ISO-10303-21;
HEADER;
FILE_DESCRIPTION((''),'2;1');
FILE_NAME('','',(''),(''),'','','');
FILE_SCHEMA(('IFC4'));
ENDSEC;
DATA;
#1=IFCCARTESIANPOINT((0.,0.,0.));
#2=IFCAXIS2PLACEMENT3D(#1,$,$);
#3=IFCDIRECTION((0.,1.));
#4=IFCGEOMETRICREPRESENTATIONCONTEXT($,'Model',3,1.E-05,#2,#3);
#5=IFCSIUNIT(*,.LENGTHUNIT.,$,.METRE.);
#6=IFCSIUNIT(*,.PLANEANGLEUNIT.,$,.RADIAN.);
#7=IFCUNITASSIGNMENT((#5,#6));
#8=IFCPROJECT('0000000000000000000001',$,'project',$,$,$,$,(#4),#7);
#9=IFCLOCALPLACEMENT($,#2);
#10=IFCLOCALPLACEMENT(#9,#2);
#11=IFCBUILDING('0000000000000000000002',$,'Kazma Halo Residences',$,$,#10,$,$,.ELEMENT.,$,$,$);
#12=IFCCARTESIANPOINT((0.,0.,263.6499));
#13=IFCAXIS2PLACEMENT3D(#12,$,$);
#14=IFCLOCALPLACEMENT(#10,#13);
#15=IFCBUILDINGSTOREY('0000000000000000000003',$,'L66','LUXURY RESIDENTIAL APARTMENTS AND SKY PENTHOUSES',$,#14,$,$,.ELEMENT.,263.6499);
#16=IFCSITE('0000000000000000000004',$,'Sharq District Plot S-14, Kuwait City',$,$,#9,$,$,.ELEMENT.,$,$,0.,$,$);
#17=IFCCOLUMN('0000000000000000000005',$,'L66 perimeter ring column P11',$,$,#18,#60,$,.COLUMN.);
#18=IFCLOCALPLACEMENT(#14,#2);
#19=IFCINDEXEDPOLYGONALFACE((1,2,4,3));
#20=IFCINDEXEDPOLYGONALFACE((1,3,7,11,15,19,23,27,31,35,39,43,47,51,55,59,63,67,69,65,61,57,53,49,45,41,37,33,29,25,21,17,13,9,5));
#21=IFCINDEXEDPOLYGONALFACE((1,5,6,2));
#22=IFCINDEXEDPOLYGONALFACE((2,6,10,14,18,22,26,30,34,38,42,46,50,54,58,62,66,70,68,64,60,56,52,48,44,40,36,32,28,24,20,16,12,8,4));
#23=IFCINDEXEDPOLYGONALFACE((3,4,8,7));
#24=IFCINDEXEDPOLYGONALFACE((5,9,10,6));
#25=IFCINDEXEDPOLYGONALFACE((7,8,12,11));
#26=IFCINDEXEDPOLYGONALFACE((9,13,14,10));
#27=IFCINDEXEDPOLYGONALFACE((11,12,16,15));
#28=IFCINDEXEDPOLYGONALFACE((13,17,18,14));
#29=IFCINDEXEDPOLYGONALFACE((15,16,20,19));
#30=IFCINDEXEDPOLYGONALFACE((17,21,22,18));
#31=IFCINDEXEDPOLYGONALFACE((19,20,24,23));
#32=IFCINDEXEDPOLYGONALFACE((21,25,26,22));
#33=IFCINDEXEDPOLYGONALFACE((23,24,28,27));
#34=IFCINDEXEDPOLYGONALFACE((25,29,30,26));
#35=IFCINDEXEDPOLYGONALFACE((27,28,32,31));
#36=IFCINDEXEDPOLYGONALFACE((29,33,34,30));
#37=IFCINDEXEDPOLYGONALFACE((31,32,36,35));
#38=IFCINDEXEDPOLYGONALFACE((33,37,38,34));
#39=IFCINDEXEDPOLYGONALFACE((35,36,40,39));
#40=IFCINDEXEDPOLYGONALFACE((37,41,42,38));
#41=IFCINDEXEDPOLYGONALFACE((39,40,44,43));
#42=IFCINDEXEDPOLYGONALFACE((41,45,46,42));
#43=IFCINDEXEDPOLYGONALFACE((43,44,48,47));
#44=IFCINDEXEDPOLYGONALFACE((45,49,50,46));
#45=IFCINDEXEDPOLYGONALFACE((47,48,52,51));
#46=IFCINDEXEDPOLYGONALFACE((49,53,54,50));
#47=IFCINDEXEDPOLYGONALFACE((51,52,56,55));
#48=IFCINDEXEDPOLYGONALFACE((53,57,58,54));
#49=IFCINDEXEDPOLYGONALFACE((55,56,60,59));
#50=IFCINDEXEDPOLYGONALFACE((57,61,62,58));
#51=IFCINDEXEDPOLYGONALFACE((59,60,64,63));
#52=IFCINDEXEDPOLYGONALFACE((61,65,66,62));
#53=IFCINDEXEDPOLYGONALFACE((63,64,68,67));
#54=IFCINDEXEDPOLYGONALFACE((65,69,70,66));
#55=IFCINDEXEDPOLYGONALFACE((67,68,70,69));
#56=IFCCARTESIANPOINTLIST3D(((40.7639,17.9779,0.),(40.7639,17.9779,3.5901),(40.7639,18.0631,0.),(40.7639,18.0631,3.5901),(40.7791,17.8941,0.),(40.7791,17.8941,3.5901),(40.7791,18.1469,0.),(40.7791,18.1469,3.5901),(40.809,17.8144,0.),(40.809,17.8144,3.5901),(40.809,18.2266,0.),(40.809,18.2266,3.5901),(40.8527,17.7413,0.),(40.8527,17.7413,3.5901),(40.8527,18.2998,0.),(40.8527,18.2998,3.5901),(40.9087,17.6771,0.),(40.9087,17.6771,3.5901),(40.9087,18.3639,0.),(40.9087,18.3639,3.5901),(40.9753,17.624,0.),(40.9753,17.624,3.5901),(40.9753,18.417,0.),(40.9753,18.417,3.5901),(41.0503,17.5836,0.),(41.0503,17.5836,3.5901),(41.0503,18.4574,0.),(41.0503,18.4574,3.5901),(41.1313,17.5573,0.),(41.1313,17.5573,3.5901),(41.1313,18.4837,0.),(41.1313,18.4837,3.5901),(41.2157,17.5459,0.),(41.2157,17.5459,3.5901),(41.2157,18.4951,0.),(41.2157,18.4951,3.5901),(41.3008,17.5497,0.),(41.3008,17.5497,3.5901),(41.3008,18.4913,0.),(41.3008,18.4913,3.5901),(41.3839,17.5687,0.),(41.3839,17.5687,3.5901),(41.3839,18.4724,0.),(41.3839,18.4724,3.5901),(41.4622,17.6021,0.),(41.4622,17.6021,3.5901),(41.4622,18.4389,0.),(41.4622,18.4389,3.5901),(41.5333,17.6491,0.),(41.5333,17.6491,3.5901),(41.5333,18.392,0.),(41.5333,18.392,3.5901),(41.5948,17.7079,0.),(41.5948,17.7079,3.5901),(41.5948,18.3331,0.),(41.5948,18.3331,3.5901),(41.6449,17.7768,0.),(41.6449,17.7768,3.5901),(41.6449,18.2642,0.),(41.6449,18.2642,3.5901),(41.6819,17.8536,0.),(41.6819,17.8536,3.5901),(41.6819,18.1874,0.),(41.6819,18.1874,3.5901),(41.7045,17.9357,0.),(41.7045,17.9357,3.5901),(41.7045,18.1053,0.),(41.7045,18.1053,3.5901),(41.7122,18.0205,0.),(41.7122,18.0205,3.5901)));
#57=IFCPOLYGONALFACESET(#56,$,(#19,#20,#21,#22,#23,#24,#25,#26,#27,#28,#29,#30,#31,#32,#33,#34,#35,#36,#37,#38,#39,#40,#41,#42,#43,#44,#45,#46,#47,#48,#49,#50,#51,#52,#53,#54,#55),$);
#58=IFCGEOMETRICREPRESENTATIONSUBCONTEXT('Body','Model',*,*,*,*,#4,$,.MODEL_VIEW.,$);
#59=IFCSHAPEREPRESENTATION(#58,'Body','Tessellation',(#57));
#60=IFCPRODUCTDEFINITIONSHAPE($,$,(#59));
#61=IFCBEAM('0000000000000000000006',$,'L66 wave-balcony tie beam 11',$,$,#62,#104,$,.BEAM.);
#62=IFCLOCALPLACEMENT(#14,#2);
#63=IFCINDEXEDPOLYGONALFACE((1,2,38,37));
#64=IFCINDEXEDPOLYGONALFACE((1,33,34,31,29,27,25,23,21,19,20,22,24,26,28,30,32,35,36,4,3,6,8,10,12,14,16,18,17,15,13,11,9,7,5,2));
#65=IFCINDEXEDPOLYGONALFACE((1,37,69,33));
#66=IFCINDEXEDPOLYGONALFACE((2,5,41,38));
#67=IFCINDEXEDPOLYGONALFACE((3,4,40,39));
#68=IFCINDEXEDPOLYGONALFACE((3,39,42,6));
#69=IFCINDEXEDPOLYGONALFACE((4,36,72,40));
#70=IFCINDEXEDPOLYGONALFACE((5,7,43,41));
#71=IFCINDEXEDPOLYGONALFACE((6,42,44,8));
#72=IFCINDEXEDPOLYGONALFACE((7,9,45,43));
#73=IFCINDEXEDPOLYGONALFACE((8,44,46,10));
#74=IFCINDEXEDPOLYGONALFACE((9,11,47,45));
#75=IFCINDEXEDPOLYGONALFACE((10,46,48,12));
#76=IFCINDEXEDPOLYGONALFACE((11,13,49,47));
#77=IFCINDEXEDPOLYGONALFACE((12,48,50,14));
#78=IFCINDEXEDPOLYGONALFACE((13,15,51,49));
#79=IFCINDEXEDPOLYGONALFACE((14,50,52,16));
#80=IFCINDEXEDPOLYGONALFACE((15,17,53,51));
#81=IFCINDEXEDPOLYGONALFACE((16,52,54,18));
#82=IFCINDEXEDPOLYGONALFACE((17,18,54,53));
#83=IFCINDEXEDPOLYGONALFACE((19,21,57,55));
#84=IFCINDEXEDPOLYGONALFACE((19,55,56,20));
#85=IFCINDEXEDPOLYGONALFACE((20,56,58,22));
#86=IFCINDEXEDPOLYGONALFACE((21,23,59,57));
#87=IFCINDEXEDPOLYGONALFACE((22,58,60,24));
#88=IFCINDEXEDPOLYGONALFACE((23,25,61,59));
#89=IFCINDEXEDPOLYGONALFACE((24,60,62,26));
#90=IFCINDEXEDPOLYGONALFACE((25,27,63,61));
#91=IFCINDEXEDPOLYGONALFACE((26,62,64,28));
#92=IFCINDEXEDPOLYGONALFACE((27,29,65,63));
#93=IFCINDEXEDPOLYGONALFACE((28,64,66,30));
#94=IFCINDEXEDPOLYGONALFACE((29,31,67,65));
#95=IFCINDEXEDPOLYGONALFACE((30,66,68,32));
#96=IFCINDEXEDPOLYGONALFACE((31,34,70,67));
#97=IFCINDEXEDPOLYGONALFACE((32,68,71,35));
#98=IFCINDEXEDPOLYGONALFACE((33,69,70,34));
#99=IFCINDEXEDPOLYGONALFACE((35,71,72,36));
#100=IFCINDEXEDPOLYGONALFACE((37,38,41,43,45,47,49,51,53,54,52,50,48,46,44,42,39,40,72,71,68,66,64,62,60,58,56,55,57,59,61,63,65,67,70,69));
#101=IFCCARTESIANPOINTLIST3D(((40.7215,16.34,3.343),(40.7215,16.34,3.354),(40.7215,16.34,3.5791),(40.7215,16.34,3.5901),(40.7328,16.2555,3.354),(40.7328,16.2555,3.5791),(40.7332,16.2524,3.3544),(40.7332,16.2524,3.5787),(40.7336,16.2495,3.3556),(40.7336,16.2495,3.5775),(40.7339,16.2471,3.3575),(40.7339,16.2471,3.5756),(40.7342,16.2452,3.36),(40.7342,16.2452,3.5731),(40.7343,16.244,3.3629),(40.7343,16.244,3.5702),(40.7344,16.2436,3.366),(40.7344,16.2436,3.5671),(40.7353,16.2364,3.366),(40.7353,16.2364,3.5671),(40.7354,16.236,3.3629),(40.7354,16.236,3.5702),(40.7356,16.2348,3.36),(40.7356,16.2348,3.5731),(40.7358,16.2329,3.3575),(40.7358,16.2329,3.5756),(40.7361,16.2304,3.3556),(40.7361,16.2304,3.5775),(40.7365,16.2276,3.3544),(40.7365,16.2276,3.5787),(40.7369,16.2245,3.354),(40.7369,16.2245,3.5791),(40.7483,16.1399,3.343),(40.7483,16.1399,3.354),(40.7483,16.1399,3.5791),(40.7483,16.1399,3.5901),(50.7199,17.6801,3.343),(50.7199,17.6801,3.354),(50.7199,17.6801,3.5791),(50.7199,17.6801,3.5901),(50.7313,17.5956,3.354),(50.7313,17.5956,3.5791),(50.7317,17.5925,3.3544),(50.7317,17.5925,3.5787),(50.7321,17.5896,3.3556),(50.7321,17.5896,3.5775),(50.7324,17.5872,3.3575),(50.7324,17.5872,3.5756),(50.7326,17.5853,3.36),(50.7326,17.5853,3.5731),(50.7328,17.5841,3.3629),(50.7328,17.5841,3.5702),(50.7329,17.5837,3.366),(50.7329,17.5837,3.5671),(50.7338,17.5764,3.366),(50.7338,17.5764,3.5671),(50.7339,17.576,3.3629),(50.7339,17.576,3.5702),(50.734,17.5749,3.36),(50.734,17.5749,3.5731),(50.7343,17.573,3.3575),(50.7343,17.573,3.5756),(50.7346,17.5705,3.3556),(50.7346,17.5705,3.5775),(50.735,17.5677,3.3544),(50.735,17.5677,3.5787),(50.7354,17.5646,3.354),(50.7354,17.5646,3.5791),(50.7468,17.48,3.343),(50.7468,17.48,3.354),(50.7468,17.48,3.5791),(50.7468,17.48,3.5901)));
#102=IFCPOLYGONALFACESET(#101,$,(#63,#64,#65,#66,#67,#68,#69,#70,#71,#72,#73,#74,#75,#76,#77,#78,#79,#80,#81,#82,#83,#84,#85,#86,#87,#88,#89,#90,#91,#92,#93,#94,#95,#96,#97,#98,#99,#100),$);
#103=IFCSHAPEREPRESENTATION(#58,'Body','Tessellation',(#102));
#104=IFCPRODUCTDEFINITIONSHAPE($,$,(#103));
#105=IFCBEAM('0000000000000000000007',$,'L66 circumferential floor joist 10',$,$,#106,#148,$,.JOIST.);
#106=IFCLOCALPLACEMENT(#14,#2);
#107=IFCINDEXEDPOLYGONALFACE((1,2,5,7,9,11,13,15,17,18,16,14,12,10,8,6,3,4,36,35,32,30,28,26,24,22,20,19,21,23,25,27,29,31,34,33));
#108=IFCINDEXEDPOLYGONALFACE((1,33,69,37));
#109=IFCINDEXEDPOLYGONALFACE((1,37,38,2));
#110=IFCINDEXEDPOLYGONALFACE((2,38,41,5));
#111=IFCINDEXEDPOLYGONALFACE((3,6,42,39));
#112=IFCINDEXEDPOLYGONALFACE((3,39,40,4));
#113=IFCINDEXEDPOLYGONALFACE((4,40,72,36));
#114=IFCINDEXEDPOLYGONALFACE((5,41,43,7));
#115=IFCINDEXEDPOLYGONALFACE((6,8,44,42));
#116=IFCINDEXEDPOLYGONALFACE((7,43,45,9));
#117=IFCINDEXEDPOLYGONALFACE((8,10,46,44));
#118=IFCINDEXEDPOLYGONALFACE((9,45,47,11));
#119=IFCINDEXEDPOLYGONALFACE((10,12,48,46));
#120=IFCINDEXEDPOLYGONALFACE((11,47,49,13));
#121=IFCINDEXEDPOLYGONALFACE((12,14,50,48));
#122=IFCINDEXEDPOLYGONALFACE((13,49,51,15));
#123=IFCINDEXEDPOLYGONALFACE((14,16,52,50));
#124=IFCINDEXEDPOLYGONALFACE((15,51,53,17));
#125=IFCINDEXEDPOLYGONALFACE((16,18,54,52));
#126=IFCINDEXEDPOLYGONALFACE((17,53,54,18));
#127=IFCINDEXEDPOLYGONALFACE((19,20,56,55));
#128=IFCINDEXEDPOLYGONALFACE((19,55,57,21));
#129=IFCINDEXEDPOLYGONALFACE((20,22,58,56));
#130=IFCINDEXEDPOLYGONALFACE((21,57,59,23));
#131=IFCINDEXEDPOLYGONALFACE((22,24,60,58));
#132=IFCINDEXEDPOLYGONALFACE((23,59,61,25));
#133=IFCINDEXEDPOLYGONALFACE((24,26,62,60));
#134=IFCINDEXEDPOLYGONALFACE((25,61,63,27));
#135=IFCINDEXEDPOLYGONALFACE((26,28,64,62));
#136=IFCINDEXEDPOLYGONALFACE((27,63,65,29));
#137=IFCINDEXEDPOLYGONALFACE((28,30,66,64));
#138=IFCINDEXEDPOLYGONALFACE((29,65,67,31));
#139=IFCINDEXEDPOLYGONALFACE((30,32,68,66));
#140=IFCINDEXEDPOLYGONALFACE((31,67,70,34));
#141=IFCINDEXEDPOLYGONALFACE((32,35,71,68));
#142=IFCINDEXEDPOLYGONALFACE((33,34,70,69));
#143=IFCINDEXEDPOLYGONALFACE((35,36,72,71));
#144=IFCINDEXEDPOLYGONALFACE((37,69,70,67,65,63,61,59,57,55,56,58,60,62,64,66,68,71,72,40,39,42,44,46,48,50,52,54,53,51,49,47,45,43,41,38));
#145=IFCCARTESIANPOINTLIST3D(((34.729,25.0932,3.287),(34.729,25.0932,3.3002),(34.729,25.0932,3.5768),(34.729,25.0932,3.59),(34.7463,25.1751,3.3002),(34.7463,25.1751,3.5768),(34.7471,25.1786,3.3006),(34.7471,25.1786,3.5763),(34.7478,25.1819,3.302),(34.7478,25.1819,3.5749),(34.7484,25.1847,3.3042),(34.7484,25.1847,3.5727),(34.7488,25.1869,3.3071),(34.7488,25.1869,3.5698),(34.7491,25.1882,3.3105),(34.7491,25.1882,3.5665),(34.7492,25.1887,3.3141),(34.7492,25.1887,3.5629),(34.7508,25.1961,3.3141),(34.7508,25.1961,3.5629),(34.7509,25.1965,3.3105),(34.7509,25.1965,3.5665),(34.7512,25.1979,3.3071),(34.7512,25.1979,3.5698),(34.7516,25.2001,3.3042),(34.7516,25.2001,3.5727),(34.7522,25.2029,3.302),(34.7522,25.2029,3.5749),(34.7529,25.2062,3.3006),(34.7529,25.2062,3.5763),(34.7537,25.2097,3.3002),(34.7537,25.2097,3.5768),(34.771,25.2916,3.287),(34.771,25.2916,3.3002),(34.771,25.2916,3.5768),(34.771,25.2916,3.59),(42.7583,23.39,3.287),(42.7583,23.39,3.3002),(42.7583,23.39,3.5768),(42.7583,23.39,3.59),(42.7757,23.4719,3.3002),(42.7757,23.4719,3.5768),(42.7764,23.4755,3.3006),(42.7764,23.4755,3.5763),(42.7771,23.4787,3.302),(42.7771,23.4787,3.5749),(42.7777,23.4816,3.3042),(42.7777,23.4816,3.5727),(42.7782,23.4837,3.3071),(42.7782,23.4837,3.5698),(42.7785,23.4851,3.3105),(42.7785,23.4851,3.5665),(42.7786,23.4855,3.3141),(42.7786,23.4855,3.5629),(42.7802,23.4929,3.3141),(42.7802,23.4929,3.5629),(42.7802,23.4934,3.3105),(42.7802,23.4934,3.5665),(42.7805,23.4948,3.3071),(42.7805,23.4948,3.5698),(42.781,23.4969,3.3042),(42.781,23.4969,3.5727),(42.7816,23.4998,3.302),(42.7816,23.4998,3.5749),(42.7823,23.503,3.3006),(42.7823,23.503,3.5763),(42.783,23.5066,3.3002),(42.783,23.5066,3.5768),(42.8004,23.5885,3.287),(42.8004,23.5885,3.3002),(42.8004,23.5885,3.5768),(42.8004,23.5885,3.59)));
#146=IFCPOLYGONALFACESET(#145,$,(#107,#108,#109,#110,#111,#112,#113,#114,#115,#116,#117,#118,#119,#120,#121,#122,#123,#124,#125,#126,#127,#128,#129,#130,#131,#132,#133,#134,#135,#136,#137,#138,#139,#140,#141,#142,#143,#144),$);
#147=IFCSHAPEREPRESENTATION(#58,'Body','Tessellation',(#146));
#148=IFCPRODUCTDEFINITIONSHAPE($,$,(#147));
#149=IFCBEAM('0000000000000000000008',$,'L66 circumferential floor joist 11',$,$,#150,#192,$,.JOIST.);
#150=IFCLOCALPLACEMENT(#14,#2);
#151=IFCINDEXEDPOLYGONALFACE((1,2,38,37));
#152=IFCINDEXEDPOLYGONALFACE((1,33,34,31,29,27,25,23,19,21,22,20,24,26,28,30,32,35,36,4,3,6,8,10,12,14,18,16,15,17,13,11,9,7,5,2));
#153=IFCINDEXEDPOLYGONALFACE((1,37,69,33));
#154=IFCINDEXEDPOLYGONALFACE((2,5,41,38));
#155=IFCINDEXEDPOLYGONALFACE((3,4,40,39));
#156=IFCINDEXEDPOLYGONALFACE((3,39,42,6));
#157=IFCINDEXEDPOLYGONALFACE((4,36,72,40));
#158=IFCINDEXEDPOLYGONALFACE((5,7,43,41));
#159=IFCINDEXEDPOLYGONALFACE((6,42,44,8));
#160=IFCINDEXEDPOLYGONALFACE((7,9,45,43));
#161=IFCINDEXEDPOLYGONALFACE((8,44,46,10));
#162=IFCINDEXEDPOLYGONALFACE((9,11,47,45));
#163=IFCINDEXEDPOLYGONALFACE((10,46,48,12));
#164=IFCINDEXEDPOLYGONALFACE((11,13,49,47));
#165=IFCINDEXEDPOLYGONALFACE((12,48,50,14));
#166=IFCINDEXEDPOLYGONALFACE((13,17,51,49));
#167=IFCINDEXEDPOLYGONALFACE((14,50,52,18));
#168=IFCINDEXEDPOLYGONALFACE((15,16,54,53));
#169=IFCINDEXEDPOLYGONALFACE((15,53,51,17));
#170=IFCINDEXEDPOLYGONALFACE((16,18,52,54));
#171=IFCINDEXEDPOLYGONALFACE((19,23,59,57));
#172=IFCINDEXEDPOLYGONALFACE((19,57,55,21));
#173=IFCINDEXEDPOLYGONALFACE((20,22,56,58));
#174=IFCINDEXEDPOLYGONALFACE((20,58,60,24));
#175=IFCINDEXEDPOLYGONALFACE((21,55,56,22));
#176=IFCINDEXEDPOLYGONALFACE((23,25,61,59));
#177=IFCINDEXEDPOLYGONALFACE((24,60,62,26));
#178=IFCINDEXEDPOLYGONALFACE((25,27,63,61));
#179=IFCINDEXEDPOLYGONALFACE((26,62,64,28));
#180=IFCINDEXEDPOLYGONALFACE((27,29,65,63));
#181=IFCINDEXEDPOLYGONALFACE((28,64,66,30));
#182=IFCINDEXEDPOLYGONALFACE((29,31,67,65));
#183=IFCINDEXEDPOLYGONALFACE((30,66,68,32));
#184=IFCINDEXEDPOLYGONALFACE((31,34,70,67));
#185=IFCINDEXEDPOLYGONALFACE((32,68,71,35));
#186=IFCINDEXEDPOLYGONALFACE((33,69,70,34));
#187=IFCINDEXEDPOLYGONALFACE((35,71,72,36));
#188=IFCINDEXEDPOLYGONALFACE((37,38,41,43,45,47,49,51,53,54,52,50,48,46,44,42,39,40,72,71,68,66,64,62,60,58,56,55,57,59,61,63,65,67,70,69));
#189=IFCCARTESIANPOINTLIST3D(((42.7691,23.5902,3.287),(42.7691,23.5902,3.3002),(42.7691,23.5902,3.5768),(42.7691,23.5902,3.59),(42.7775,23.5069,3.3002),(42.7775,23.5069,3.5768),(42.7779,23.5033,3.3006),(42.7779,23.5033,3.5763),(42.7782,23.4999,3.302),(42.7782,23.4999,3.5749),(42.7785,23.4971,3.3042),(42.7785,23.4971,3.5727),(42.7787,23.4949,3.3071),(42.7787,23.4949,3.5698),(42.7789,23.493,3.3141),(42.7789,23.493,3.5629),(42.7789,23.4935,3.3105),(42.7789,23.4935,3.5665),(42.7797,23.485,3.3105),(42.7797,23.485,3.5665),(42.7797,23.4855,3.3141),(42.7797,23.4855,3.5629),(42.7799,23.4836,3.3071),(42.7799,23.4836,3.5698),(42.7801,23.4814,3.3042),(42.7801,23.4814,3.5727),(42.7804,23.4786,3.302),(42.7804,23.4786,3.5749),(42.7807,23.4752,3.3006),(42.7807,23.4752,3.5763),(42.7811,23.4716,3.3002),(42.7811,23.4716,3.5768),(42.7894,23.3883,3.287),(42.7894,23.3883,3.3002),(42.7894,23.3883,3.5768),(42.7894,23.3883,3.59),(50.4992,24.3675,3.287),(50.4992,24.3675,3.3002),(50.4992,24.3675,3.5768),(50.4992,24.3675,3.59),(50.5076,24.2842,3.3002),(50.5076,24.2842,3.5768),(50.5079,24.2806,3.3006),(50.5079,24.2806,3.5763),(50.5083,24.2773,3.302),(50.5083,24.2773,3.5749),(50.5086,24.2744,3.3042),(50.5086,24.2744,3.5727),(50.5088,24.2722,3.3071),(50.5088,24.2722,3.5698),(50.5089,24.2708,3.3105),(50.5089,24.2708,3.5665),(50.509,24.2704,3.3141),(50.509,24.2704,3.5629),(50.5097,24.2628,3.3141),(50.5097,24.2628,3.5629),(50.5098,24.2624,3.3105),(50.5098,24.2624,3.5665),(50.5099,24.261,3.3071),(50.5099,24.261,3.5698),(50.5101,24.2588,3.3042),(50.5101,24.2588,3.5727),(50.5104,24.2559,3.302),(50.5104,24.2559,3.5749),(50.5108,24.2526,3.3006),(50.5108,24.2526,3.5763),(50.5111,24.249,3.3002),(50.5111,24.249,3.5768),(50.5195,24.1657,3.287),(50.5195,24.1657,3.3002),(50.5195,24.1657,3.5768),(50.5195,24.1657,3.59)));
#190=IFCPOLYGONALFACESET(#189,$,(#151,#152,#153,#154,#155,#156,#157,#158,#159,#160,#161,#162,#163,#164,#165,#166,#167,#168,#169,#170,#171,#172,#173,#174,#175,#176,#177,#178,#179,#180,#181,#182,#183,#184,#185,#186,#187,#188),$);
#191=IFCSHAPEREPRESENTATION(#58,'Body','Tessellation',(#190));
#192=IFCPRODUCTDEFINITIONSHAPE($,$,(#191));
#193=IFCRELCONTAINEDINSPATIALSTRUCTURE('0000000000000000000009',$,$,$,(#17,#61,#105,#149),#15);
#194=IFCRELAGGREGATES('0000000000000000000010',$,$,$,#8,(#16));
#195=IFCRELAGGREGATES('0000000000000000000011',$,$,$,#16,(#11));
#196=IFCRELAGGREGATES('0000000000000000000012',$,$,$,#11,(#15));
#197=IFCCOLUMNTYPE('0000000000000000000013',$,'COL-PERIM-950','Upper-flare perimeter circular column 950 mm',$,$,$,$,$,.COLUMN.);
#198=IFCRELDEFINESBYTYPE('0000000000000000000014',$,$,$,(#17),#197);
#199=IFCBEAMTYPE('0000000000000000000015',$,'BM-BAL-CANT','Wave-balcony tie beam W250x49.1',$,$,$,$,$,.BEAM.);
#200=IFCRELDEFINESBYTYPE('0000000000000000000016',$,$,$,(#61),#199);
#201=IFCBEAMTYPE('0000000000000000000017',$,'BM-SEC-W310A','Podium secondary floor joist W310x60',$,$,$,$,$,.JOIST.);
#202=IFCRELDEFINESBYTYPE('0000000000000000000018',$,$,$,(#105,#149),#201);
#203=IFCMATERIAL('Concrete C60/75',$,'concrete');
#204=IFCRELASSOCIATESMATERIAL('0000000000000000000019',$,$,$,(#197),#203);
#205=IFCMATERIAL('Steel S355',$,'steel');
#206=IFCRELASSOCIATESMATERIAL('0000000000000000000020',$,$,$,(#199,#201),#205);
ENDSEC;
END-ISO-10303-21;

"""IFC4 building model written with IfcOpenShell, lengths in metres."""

from ifc_helpers import new_model, si_unit, direction, frame, origin, origin_2d, place, context, subcontext, project, spatial, circle, i_section, extrude, material, material_profile, profile_set, type_object, element, save


model = new_model("IFC4")

# Units and contexts
model_context = context("Model", 3, precision=1e-05, world=origin(), true_north=direction((0.0, 1.0)))
body_context = subcontext(model_context, "Body", "Model", "MODEL_VIEW")
ifc_project = project(units=[si_unit("LENGTHUNIT", "METRE"), si_unit("PLANEANGLEUNIT", "RADIAN")], contexts=[model_context])

# Site, building, storey
site_placement = place(None, origin())
site = spatial("IfcSite", under=ifc_project, at=site_placement, Name="Sharq District Plot S-14, Kuwait City", CompositionType="ELEMENT", RefElevation=0.0)
building_placement = place(site_placement, origin())
building = spatial("IfcBuilding", under=site, at=building_placement, Name="Kazma Halo Residences", CompositionType="ELEMENT")
storey_placement = place(building_placement, frame((0.0, 0.0, 263.6499)))
storey = spatial("IfcBuildingStorey", under=building, at=storey_placement, Name="L66", Description="LUXURY RESIDENTIAL APARTMENTS AND SKY PENTHOUSES", CompositionType="ELEMENT", Elevation=263.6499)

# Column
ifc_material_1 = material(Name="Concrete C60/75", Category="concrete")
ifc_material_profile_1 = material_profile(ifc_material_1, circle(Radius=0.4751, at=origin_2d()), Name="CIRC950")
ifc_profile_set_1 = profile_set([ifc_material_profile_1], Name="Concrete C60/75")
column_type = type_object("IfcColumnType", Name="COL-PERIM-950", Description="Upper-flare perimeter circular column 950 mm", PredefinedType="COLUMN", material=ifc_profile_set_1)
column_placement = place(storey_placement, frame((41.2371, 18.0205, 0.0), z_axis=(0.0, 0.0, 1.0), x_axis=(1.0, 0.0, 0.0)))
element("IfcColumn", 1, at=column_placement, inside=storey, type_object=column_type, Name="L66 perimeter ring column P11", PredefinedType="COLUMN", context=body_context, shape_type="SweptSolid", body=[
    extrude(circle(Radius=0.4751, at=origin_2d()), origin(), (0.0, 0.0, 1.0), 3.5901),
])

# Beams
ifc_material_2 = material(Name="Steel S355", Category="steel")
ifc_material_profile_2 = material_profile(ifc_material_2, i_section(OverallWidth=0.2019, OverallDepth=0.2471, WebThickness=0.0073, FlangeThickness=0.011, FilletRadius=0.012, at=origin_2d()), Name="W250x49.1")
ifc_profile_set_2 = profile_set([ifc_material_profile_2], Name="Steel S355")
beam_type_1 = type_object("IfcBeamType", Name="BM-BAL-CANT", Description="Wave-balcony tie beam W250x49.1", PredefinedType="BEAM", material=ifc_profile_set_2)
beam_1_placement = place(storey_placement, frame((40.7349, 16.24, 3.4666), z_axis=(0.991137, 0.132841, 0.0), x_axis=(-0.132841, 0.991137, 0.0)))
element("IfcBeam", 2, at=beam_1_placement, inside=storey, type_object=beam_type_1, Name="L66 wave-balcony tie beam 11", PredefinedType="BEAM", context=body_context, shape_type="SweptSolid", body=[
    extrude(i_section(OverallWidth=0.2019, OverallDepth=0.2471, WebThickness=0.0073, FlangeThickness=0.011, FilletRadius=0.012, at=origin_2d()), origin(), (0.0, 0.0, 1.0), 10.0879),
])
ifc_material_profile_3 = material_profile(ifc_material_2, i_section(OverallWidth=0.2029, OverallDepth=0.303, WebThickness=0.0076, FlangeThickness=0.0132, FilletRadius=0.0139, at=origin_2d()), Name="W310x60")
ifc_profile_set_3 = profile_set([ifc_material_profile_3], Name="Steel S355")
beam_type_2 = type_object("IfcBeamType", Name="BM-SEC-W310A", Description="Podium secondary floor joist W310x60", PredefinedType="JOIST", material=ifc_profile_set_3)
beam_2_placement = place(storey_placement, frame((34.75, 25.1924, 3.4385), z_axis=(0.978236, -0.207497, 0.0), x_axis=(0.207497, 0.978236, 0.0)))
element("IfcBeam", 3, at=beam_2_placement, inside=storey, type_object=beam_type_2, Name="L66 circumferential floor joist 10", PredefinedType="JOIST", context=body_context, shape_type="SweptSolid", body=[
    extrude(i_section(OverallWidth=0.2029, OverallDepth=0.303, WebThickness=0.0076, FlangeThickness=0.0132, FilletRadius=0.0139, at=origin_2d()), origin(), (0.0, 0.0, 1.0), 8.208),
])
beam_3_placement = place(storey_placement, frame((42.7793, 23.4893, 3.4385), z_axis=(0.994982, 0.100058, 0.0), x_axis=(-0.100058, 0.994982, 0.0)))
element("IfcBeam", 4, at=beam_3_placement, inside=storey, type_object=beam_type_2, Name="L66 circumferential floor joist 11", PredefinedType="JOIST", context=body_context, shape_type="SweptSolid", body=[
    extrude(i_section(OverallWidth=0.2029, OverallDepth=0.303, WebThickness=0.0076, FlangeThickness=0.0132, FilletRadius=0.0139, at=origin_2d()), origin(), (0.0, 0.0, 1.0), 7.769),
])

save(model, "model.ifc")
